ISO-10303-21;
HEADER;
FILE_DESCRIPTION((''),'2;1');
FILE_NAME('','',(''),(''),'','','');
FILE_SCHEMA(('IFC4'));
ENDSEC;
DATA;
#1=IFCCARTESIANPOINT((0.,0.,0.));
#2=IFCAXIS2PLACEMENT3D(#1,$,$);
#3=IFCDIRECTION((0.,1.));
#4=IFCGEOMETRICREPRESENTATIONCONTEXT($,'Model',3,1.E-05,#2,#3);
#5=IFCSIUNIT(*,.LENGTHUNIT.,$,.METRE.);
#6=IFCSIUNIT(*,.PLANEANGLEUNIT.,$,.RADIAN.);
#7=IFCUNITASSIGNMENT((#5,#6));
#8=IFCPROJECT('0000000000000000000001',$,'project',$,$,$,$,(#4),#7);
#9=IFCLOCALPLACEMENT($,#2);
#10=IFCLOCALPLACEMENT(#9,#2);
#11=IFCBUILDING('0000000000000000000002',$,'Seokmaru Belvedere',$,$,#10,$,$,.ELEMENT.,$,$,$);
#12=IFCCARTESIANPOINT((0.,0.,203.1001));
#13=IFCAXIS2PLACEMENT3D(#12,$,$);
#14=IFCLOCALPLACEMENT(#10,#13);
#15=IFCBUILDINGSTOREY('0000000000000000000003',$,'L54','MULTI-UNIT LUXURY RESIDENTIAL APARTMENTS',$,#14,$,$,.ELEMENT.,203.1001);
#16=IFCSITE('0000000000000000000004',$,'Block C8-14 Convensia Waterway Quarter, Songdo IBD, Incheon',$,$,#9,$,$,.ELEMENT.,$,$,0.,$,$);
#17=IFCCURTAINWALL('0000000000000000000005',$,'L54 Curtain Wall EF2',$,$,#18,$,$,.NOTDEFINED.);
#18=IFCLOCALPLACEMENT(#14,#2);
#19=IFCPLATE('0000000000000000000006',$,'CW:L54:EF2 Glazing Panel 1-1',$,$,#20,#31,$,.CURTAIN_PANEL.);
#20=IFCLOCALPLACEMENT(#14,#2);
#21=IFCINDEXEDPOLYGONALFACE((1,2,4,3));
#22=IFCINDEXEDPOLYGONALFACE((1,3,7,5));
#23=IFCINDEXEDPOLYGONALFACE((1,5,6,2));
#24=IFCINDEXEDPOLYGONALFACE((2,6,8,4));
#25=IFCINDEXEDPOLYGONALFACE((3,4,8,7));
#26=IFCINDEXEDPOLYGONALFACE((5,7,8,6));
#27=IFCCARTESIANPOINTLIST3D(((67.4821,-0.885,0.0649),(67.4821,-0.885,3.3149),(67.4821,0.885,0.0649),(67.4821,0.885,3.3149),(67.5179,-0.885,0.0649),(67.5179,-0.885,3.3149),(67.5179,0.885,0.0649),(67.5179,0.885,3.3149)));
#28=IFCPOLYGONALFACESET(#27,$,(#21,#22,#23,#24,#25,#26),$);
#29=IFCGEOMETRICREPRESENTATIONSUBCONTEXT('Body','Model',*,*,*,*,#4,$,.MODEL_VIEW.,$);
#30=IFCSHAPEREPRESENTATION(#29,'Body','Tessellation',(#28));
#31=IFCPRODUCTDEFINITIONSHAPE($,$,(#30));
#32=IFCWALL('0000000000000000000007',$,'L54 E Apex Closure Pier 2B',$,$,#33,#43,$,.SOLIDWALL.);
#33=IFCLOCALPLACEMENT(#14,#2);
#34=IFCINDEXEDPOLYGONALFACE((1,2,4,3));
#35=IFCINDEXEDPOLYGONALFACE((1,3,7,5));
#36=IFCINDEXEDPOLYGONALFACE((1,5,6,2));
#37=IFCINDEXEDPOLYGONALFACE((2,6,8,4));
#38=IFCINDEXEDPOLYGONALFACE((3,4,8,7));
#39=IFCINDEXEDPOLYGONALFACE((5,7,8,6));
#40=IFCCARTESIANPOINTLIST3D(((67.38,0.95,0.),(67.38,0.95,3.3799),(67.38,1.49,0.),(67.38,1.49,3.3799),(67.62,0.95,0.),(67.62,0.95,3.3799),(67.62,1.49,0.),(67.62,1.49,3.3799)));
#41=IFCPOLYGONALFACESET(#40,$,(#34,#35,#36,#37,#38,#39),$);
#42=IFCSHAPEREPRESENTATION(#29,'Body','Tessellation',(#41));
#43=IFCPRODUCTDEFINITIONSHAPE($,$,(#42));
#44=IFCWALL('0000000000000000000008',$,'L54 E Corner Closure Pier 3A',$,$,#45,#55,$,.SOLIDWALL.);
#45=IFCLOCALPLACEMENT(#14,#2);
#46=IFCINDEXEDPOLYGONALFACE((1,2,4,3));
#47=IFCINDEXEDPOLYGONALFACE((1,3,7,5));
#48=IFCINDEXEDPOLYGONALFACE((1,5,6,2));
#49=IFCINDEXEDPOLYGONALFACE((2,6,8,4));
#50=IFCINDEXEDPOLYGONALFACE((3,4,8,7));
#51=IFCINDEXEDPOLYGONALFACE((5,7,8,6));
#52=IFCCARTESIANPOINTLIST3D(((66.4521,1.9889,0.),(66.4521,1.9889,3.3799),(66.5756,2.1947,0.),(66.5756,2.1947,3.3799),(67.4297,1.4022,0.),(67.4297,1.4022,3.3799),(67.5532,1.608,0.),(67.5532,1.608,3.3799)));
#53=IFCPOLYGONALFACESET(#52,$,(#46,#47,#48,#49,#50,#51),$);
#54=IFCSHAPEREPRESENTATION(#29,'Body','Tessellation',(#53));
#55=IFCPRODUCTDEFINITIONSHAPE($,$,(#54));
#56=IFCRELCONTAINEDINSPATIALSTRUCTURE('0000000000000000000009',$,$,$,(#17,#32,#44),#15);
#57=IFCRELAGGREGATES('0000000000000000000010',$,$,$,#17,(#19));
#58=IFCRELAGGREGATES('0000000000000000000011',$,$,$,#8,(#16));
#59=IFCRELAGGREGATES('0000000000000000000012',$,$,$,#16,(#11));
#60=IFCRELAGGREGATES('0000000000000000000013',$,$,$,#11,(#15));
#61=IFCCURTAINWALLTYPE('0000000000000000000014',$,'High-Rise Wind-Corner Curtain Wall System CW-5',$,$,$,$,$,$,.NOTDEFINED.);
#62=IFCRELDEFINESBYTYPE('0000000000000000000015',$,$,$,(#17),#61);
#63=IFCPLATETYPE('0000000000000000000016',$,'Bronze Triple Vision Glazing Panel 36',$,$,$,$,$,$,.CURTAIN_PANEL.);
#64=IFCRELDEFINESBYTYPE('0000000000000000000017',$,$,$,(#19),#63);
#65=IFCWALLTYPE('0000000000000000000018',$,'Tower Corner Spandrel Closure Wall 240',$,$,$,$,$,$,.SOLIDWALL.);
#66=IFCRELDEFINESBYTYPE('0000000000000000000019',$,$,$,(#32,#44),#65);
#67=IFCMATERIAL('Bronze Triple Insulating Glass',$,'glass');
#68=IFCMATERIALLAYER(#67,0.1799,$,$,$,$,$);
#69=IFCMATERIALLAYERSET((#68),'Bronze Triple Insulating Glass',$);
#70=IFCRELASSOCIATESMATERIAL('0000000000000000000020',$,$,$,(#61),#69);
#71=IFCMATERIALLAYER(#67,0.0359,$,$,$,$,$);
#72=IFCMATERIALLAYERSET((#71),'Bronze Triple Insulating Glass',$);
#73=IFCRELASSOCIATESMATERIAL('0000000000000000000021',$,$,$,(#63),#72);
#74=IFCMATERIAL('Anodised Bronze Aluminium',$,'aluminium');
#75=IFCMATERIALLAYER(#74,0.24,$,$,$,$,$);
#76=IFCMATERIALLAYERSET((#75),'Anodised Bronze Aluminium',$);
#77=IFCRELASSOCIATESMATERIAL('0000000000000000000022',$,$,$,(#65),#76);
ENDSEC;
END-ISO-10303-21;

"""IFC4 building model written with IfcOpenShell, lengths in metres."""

from ifc_helpers import new_model, si_unit, direction, frame, frame_2d, origin, origin_2d, place, context, subcontext, project, spatial, rectangle, extrude, source, transform, mapped, material, layer, layer_set, type_object, element, aggregate, save


model = new_model("IFC4")

# Units and contexts
model_context = context("Model", 3, precision=1e-05, world=origin(), true_north=direction((0.0, 1.0)))
body_context = subcontext(model_context, "Body", "Model", "MODEL_VIEW")
ifc_project = project(units=[si_unit("LENGTHUNIT", "METRE"), si_unit("PLANEANGLEUNIT", "RADIAN")], contexts=[model_context])

# Site, building, storey
site_placement = place(None, origin())
site = spatial("IfcSite", under=ifc_project, at=site_placement, Name="Block C8-14 Convensia Waterway Quarter, Songdo IBD, Incheon", CompositionType="ELEMENT", RefElevation=0.0)
building_placement = place(site_placement, origin())
building = spatial("IfcBuilding", under=site, at=building_placement, Name="Seokmaru Belvedere", CompositionType="ELEMENT")
storey_placement = place(building_placement, frame((0.0, 0.0, 203.1001)))
storey = spatial("IfcBuildingStorey", under=building, at=storey_placement, Name="L54", Description="MULTI-UNIT LUXURY RESIDENTIAL APARTMENTS", CompositionType="ELEMENT", Elevation=203.1001)

# Curtain wall
ifc_material_1 = material(Name="Bronze Triple Insulating Glass", Category="glass")
ifc_layer_1 = layer(ifc_material_1, 0.1799)
ifc_layer_set_1 = layer_set([ifc_layer_1], Name="Bronze Triple Insulating Glass")
curtain_wall_type = type_object("IfcCurtainWallType", Name="High-Rise Wind-Corner Curtain Wall System CW-5", PredefinedType="NOTDEFINED", material=ifc_layer_set_1)
curtain_wall_1_placement = place(storey_placement, origin())
curtain_wall_1 = element("IfcCurtainWall", 1, at=curtain_wall_1_placement, inside=storey, type_object=curtain_wall_type, Name="L54 Curtain Wall EF2", PredefinedType="NOTDEFINED")
ifc_material_2 = material(Name="Anodised Bronze Aluminium", Category="aluminium")

# Plate
ifc_layer_2 = layer(ifc_material_1, 0.0359)
ifc_layer_set_2 = layer_set([ifc_layer_2], Name="Bronze Triple Insulating Glass")
plate_type = type_object("IfcPlateType", Name="Bronze Triple Vision Glazing Panel 36", PredefinedType="CURTAIN_PANEL", material=ifc_layer_set_2)
shared_shape_1 = source(origin(), body_context, "Body", "SweptSolid", [
    extrude(rectangle(XDim=1.77, YDim=0.0359, at=origin_2d()), origin(), (0.0, 0.0, 1.0), 3.25),
])
plate_1_placement = place(storey_placement, frame((67.5, 0.0, 0.0649), z_axis=(0.0, 0.0, 1.0), x_axis=(0.0, 1.0, 0.0)))
plate_1 = element("IfcPlate", 2, at=plate_1_placement, type_object=plate_type, Name="CW:L54:EF2 Glazing Panel 1-1", PredefinedType="CURTAIN_PANEL", context=body_context, shape_type="MappedRepresentation", body=[
    mapped(shared_shape_1, transform((0.0, 0.0, 0.0), scale=1.0)),
])
aggregate(curtain_wall_1, [plate_1])

# Walls
ifc_layer_3 = layer(ifc_material_2, 0.24)
ifc_layer_set_3 = layer_set([ifc_layer_3], Name="Anodised Bronze Aluminium")
wall_type = type_object("IfcWallType", Name="Tower Corner Spandrel Closure Wall 240", PredefinedType="SOLIDWALL", material=ifc_layer_set_3)
wall_1_placement = place(storey_placement, frame((67.5, 0.95, 0.0), z_axis=(0.0, 0.0, 1.0), x_axis=(0.0, 1.0, 0.0)))
element("IfcWall", 3, at=wall_1_placement, inside=storey, type_object=wall_type, Name="L54 E Apex Closure Pier 2B", PredefinedType="SOLIDWALL", context=body_context, shape_type="SweptSolid", body=[
    extrude(rectangle(XDim=0.54, YDim=0.24, at=frame_2d((0.27, 0.0))), origin(), (0.0, 0.0, 1.0), 3.3799),
])
wall_2_placement = place(storey_placement, frame((67.4915, 1.5051, 0.0), z_axis=(0.0, 0.0, 1.0), x_axis=(-0.857436, 0.51459, 0.0)))
element("IfcWall", 4, at=wall_2_placement, inside=storey, type_object=wall_type, Name="L54 E Corner Closure Pier 3A", PredefinedType="SOLIDWALL", context=body_context, shape_type="SweptSolid", body=[
    extrude(rectangle(XDim=1.1401, YDim=0.24, at=frame_2d((0.5701, 0.0))), origin(), (0.0, 0.0, 1.0), 3.3799),
])

save(model, "model.ifc")
